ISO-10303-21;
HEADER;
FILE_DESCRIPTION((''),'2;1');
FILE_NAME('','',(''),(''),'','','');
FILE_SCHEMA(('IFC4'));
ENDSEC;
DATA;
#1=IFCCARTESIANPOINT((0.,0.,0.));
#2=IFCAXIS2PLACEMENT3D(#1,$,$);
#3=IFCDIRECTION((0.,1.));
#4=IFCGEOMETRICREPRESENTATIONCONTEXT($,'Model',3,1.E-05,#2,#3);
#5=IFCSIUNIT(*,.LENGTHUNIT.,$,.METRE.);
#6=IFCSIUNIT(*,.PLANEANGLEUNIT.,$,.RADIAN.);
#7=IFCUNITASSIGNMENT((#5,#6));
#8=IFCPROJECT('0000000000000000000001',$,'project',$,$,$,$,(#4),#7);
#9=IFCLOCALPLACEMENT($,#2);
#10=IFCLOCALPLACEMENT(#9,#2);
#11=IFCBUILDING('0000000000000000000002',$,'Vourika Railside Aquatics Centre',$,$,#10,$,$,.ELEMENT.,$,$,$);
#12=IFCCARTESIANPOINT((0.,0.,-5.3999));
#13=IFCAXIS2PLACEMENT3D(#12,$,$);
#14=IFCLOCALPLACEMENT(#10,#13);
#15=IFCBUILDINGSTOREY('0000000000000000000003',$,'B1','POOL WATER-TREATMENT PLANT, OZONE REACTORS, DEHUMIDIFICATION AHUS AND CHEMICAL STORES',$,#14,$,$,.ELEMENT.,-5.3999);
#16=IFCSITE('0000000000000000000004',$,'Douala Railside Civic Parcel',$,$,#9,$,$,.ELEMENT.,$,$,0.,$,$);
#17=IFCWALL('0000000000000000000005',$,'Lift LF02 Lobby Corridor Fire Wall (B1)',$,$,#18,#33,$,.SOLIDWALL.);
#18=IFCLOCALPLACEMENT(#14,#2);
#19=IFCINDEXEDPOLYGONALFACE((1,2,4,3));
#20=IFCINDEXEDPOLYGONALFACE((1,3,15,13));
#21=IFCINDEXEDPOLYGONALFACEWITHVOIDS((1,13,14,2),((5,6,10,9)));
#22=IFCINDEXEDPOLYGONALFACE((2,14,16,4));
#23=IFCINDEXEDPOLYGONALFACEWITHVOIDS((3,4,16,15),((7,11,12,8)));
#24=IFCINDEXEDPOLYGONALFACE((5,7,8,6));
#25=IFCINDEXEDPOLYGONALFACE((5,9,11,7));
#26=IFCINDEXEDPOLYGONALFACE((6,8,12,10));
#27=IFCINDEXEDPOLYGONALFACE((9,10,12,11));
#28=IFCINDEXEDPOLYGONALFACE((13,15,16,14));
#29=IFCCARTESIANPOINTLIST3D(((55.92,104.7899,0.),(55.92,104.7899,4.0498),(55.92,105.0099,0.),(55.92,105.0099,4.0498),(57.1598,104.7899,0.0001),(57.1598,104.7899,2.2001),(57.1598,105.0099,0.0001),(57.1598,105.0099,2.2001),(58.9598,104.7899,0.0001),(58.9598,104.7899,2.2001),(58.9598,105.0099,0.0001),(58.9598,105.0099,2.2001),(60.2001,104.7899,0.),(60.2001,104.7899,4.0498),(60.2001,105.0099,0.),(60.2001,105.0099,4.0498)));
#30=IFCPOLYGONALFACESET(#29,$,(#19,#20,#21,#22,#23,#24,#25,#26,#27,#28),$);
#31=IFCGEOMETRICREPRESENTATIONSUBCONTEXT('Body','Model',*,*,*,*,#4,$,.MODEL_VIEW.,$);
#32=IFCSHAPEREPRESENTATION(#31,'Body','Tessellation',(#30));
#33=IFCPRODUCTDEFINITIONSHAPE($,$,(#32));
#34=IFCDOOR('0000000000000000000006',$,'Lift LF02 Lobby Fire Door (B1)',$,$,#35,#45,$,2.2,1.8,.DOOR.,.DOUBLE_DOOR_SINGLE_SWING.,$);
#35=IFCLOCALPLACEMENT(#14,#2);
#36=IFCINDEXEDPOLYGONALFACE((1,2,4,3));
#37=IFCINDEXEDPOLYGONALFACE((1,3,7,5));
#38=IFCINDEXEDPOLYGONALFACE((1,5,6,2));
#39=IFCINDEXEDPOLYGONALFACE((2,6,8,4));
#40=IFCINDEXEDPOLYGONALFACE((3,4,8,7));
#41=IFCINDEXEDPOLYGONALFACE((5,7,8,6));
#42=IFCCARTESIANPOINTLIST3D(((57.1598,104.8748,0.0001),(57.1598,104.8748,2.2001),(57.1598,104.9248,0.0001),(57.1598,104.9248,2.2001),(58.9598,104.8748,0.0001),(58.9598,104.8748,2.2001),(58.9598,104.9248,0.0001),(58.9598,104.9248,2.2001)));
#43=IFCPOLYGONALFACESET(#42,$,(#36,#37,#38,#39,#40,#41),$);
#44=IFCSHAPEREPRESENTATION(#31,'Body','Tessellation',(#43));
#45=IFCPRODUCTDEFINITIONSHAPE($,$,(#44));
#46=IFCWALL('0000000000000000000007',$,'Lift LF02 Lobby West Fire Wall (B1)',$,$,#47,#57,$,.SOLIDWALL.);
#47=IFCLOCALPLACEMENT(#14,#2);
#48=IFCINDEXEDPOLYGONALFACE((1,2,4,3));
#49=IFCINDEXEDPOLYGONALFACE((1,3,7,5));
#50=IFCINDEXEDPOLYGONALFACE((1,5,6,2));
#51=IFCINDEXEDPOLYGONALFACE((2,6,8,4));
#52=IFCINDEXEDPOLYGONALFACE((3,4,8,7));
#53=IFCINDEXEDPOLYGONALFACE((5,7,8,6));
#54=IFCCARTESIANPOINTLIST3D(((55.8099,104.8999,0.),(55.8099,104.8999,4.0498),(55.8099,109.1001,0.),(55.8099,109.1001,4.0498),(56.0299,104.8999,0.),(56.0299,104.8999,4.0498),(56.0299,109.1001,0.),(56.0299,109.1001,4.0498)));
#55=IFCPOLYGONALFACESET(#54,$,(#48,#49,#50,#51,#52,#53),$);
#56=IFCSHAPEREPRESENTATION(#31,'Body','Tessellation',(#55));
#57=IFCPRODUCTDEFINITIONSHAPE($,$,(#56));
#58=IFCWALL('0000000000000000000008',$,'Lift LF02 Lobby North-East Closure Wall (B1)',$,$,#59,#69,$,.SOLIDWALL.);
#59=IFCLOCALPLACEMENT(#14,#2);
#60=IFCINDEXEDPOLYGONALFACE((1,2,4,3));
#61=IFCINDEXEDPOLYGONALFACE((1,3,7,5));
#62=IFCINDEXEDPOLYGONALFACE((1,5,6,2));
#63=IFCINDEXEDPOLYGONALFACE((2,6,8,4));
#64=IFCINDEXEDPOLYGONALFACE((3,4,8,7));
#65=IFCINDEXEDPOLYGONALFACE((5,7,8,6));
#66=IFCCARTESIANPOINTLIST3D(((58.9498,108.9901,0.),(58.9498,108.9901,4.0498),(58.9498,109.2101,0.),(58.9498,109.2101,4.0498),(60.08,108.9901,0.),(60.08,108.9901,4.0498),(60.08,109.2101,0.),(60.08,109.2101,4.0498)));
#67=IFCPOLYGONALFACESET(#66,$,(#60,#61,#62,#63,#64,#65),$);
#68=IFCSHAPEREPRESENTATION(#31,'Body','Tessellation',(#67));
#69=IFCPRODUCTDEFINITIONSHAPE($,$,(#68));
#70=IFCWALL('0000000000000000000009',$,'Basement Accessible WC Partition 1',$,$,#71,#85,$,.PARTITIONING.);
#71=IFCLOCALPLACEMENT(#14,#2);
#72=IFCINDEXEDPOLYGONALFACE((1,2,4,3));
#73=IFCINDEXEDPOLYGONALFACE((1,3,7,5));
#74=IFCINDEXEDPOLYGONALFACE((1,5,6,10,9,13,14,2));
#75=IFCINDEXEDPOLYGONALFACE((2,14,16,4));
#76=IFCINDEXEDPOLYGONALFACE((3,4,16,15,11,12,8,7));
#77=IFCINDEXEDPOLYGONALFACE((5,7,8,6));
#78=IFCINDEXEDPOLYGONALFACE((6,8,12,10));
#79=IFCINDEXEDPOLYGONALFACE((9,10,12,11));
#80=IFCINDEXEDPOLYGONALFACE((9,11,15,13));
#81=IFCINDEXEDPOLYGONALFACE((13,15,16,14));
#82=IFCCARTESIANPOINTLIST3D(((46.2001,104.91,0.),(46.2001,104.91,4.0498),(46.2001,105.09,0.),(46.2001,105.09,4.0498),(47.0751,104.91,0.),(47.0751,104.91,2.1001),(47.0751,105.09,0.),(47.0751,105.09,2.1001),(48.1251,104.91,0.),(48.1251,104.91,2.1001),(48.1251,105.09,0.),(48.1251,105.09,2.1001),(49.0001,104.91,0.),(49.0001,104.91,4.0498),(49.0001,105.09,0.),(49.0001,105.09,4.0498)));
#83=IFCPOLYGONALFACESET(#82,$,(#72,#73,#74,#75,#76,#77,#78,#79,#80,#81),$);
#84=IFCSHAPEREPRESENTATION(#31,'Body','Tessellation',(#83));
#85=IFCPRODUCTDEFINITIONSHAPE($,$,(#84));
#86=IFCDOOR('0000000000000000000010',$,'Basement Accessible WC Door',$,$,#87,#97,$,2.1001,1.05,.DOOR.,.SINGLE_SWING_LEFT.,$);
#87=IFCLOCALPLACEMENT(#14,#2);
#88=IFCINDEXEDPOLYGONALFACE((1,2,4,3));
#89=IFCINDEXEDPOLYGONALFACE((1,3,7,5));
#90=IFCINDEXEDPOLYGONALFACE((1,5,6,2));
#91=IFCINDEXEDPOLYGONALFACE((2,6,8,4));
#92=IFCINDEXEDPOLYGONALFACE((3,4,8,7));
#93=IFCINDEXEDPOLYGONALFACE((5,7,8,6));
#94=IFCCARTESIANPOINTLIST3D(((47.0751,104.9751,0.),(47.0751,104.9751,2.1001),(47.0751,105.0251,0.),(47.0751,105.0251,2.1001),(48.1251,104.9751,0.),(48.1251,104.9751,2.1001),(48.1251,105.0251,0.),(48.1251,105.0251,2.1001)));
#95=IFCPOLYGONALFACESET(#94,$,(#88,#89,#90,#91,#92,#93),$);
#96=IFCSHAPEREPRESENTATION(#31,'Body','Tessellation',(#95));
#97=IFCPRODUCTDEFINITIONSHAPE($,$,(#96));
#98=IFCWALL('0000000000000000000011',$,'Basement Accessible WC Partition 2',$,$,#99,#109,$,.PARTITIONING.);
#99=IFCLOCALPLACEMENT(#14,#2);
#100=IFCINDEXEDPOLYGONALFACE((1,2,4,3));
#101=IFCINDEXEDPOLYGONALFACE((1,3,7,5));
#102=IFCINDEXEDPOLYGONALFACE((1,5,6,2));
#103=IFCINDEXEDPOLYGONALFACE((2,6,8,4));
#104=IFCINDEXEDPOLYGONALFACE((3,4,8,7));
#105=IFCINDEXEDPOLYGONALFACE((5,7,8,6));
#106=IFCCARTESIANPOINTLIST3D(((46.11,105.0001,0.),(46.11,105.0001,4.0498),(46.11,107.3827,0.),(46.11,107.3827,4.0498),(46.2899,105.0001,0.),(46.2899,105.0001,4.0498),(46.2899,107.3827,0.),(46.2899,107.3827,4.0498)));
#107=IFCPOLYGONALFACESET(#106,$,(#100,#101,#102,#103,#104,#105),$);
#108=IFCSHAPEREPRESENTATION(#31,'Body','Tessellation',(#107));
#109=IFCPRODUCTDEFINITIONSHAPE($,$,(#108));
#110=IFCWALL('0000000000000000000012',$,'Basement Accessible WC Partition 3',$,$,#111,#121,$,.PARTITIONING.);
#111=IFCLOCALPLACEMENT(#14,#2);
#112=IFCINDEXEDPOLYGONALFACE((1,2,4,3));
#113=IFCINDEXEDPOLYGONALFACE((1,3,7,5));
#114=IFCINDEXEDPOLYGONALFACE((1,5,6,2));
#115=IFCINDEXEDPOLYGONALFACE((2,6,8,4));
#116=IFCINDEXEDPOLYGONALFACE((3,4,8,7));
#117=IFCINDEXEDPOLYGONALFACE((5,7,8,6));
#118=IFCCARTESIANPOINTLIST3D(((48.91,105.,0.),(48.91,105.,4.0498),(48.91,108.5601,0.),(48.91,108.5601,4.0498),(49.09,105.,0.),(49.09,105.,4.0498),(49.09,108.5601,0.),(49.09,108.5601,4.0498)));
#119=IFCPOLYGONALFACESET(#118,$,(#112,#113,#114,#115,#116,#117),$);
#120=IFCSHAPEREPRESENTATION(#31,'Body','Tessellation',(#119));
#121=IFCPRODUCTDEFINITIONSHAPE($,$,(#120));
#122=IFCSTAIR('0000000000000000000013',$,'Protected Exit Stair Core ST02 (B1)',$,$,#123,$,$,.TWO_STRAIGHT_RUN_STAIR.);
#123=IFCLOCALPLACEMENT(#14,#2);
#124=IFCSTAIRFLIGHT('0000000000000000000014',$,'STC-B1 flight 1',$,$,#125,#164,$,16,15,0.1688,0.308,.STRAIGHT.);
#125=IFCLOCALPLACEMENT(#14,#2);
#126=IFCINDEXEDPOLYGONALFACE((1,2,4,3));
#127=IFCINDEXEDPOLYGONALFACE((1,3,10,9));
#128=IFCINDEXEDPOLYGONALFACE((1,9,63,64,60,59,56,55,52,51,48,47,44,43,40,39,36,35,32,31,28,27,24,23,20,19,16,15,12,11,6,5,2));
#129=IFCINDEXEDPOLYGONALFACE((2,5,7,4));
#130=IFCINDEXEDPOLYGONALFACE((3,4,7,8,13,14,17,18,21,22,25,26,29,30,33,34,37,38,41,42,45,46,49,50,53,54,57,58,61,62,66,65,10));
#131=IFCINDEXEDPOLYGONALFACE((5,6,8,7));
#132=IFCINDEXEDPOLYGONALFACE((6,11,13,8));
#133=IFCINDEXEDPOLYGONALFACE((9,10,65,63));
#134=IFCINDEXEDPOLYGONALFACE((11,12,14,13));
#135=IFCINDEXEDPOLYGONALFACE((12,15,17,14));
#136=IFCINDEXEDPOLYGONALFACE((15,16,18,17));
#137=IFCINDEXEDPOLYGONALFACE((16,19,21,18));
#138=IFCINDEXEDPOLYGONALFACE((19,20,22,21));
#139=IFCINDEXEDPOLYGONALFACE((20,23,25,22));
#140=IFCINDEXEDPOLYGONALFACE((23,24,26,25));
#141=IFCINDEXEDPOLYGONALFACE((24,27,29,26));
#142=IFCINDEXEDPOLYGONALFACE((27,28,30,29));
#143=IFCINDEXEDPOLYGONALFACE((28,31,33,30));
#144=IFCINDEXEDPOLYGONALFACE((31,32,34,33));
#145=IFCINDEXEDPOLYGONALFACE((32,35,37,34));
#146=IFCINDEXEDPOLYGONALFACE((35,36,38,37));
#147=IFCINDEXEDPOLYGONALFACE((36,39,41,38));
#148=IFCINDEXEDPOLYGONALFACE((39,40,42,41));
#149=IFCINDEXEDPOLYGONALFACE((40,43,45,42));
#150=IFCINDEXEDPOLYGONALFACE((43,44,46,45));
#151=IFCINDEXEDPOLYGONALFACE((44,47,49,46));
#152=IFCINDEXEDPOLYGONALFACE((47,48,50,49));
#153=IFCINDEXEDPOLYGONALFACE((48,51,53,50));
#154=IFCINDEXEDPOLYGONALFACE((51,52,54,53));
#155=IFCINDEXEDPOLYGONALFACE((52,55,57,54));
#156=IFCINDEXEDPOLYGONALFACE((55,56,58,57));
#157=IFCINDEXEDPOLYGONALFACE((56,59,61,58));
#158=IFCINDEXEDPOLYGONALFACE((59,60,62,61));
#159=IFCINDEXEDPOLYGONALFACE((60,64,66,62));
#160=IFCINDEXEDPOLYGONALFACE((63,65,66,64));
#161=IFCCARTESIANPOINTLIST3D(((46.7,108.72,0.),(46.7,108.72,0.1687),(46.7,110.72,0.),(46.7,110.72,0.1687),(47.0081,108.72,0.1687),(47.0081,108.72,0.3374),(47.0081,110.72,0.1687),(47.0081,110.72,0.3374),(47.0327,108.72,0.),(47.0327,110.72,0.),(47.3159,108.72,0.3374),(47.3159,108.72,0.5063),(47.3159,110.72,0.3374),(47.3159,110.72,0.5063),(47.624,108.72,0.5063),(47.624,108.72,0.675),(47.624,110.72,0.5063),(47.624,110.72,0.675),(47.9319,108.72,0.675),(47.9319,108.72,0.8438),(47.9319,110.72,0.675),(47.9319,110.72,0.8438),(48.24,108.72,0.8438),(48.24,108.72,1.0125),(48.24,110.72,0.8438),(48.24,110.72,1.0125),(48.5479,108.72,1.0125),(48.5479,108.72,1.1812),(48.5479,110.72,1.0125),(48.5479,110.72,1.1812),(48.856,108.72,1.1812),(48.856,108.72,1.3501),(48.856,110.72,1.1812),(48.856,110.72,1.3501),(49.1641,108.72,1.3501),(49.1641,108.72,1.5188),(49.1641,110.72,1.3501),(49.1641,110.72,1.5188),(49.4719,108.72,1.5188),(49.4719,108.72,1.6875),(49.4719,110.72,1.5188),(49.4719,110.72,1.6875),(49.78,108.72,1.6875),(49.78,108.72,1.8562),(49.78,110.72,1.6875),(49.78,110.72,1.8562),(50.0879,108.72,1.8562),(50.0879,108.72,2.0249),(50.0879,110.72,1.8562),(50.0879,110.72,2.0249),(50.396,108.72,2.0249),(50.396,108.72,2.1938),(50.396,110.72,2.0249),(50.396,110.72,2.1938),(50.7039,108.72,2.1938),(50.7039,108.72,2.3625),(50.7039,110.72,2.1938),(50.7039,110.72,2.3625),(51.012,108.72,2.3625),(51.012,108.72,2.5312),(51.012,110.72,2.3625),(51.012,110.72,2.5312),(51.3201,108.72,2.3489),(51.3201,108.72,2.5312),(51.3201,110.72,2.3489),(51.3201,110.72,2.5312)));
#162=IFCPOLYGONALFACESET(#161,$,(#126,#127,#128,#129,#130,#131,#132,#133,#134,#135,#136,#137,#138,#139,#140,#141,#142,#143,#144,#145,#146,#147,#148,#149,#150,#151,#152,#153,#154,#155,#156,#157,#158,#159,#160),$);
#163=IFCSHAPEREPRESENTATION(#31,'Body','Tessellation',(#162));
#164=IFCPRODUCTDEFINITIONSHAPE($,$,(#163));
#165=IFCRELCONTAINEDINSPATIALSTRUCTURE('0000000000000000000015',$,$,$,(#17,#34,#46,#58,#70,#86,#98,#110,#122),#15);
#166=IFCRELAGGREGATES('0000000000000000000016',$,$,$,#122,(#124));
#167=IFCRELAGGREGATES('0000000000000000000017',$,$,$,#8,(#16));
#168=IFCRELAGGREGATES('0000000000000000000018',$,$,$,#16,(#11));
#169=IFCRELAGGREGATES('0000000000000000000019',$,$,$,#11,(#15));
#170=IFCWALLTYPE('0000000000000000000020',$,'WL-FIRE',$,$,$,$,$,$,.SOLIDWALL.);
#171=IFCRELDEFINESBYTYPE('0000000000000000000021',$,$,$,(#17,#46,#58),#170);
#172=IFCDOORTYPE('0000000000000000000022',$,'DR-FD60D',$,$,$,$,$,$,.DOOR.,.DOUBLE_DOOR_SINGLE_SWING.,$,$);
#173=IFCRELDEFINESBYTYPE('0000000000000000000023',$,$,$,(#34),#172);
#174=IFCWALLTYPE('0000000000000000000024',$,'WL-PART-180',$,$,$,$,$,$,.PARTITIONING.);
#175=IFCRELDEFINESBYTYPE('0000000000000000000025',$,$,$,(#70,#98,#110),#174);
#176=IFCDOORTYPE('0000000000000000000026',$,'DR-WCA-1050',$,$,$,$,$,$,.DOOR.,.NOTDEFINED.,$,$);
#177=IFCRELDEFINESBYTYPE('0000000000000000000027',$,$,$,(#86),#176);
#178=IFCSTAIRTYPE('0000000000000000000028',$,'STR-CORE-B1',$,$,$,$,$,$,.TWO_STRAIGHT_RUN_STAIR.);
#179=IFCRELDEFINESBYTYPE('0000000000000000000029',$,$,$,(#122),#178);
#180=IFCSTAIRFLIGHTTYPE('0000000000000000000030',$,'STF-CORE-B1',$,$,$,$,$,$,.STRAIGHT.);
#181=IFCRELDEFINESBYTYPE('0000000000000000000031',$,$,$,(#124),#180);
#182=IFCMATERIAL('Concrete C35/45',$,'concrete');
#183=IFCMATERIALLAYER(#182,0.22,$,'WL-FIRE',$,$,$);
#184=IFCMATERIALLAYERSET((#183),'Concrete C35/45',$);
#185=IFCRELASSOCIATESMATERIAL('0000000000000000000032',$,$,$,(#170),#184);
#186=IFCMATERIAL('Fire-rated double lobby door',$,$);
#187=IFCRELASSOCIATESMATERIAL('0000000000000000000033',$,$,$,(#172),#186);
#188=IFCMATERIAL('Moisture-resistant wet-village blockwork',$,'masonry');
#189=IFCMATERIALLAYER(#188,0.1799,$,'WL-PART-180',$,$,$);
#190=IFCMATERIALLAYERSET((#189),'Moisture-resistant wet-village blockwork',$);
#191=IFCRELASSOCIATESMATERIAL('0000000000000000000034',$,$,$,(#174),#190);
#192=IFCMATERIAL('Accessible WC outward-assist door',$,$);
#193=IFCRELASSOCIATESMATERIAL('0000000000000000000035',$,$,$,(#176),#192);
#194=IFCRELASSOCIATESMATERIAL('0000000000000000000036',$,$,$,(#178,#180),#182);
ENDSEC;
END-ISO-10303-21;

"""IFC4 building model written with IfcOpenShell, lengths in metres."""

from ifc_helpers import new_model, si_unit, direction, frame, frame_2d, origin, place, context, subcontext, project, spatial, polyline, rectangle, outline, extrude, material, layer, layer_set, type_object, element, fill, aggregate, save


model = new_model("IFC4")

# Units and contexts
model_context = context("Model", 3, precision=1e-05, world=origin(), true_north=direction((0.0, 1.0)))
body_context = subcontext(model_context, "Body", "Model", "MODEL_VIEW")
ifc_project = project(units=[si_unit("LENGTHUNIT", "METRE"), si_unit("PLANEANGLEUNIT", "RADIAN")], contexts=[model_context])

# Site, building, storey
site_placement = place(None, origin())
site = spatial("IfcSite", under=ifc_project, at=site_placement, Name="Douala Railside Civic Parcel", CompositionType="ELEMENT", RefElevation=0.0)
building_placement = place(site_placement, origin())
building = spatial("IfcBuilding", under=site, at=building_placement, Name="Vourika Railside Aquatics Centre", CompositionType="ELEMENT")
storey_placement = place(building_placement, frame((0.0, 0.0, -5.3999)))
storey = spatial("IfcBuildingStorey", under=building, at=storey_placement, Name="B1", Description="POOL WATER-TREATMENT PLANT, OZONE REACTORS, DEHUMIDIFICATION AHUS AND CHEMICAL STORES", CompositionType="ELEMENT", Elevation=-5.3999)

# Shared definitions
ifc_material_1 = material(Name="Concrete C35/45", Category="concrete")

# Wall, opening, door
ifc_layer_1 = layer(ifc_material_1, 0.22, Name="WL-FIRE")
ifc_layer_set_1 = layer_set([ifc_layer_1], Name="Concrete C35/45")
wall_type_1 = type_object("IfcWallType", Name="WL-FIRE", PredefinedType="SOLIDWALL", material=ifc_layer_set_1)
wall_1_placement = place(storey_placement, frame((55.9199, 104.8999, 0.0), z_axis=(0.0, 0.0, 1.0), x_axis=(1.0, 0.0, 0.0)))
wall_1 = element("IfcWall", 1, at=wall_1_placement, inside=storey, type_object=wall_type_1, Name="Lift LF02 Lobby Corridor Fire Wall (B1)", PredefinedType="SOLIDWALL", context=body_context, shape_type="SweptSolid", body=[
    extrude(rectangle(XDim=4.28, YDim=0.22, at=frame_2d((2.1401, 0.0))), origin(), (0.0, 0.0, 1.0), 4.0498),
])
opening_1_placement = place(wall_1_placement, frame((1.24, 0.0, 0.0)))
opening_1 = element("IfcOpeningElement", 2, at=opening_1_placement, cuts=wall_1, PredefinedType="OPENING", context=body_context, shape_type="SweptSolid", body=[
    extrude(rectangle(XDim=1.8, YDim=2.2, at=frame_2d((0.8999, 1.1001))), frame((0.0, 0.1201, 0.0), z_axis=(0.0, -1.0, 0.0), x_axis=(1.0, 0.0, 0.0)), (0.0, 0.0, 1.0), 0.24),
])
ifc_material_2 = material(Name="Fire-rated double lobby door")
door_type_1 = type_object("IfcDoorType", Name="DR-FD60D", OperationType="DOUBLE_DOOR_SINGLE_SWING", PredefinedType="DOOR", material=ifc_material_2)
door_1_placement = place(opening_1_placement, origin())
door_1 = element("IfcDoor", 3, at=door_1_placement, inside=storey, type_object=door_type_1, Name="Lift LF02 Lobby Fire Door (B1)", OperationType="DOUBLE_DOOR_SINGLE_SWING", OverallHeight=2.2, OverallWidth=1.8, PredefinedType="DOOR", context=body_context, shape_type="SweptSolid", body=[
    extrude(rectangle(XDim=1.8, YDim=2.2, at=frame_2d((0.8999, 1.1001))), frame((0.0, 0.0249, 0.0), z_axis=(0.0, -1.0, 0.0), x_axis=(1.0, 0.0, 0.0)), (0.0, 0.0, 1.0), 0.05),
])
fill(opening_1, door_1)

# Walls
wall_2_placement = place(storey_placement, frame((55.9199, 104.8999, 0.0), z_axis=(0.0, 0.0, 1.0), x_axis=(0.0, 1.0, 0.0)))
element("IfcWall", 4, at=wall_2_placement, inside=storey, type_object=wall_type_1, Name="Lift LF02 Lobby West Fire Wall (B1)", PredefinedType="SOLIDWALL", context=body_context, shape_type="SweptSolid", body=[
    extrude(rectangle(XDim=4.2002, YDim=0.22, at=frame_2d((2.1001, 0.0))), origin(), (0.0, 0.0, 1.0), 4.0498),
])
wall_3_placement = place(storey_placement, frame((58.95, 109.1001, 0.0), z_axis=(0.0, 0.0, 1.0), x_axis=(1.0, 0.0, 0.0)))
element("IfcWall", 5, at=wall_3_placement, inside=storey, type_object=wall_type_1, Name="Lift LF02 Lobby North-East Closure Wall (B1)", PredefinedType="SOLIDWALL", context=body_context, shape_type="SweptSolid", body=[
    extrude(rectangle(XDim=1.1301, YDim=0.22, at=frame_2d((0.5649, 0.0))), origin(), (0.0, 0.0, 1.0), 4.0498),
])

# Wall, opening, door
ifc_material_3 = material(Name="Moisture-resistant wet-village blockwork", Category="masonry")
ifc_layer_2 = layer(ifc_material_3, 0.1799, Name="WL-PART-180")
ifc_layer_set_2 = layer_set([ifc_layer_2], Name="Moisture-resistant wet-village blockwork")
wall_type_2 = type_object("IfcWallType", Name="WL-PART-180", PredefinedType="PARTITIONING", material=ifc_layer_set_2)
wall_4_placement = place(storey_placement, frame((49.0, 105.0, 0.0), z_axis=(0.0, 0.0, 1.0), x_axis=(-1.0, 0.0, 0.0)))
wall_4 = element("IfcWall", 6, at=wall_4_placement, inside=storey, type_object=wall_type_2, Name="Basement Accessible WC Partition 1", PredefinedType="PARTITIONING", context=body_context, shape_type="SweptSolid", body=[
    extrude(rectangle(XDim=2.8, YDim=0.1799, at=frame_2d((1.3999, 0.0))), origin(), (0.0, 0.0, 1.0), 4.0498),
])
opening_2_placement = place(wall_4_placement, frame((0.875, 0.0, 0.0)))
opening_2 = element("IfcOpeningElement", 7, at=opening_2_placement, cuts=wall_4, PredefinedType="OPENING", context=body_context, shape_type="SweptSolid", body=[
    extrude(rectangle(XDim=1.05, YDim=2.1001, at=frame_2d((0.5249, 1.05))), frame((0.0, 0.1001, 0.0), z_axis=(0.0, -1.0, 0.0), x_axis=(1.0, 0.0, 0.0)), (0.0, 0.0, 1.0), 0.2),
])
ifc_material_4 = material(Name="Accessible WC outward-assist door")
door_type_2 = type_object("IfcDoorType", Name="DR-WCA-1050", OperationType="NOTDEFINED", PredefinedType="DOOR", material=ifc_material_4)
door_2_placement = place(opening_2_placement, origin())
door_2 = element("IfcDoor", 8, at=door_2_placement, inside=storey, type_object=door_type_2, Name="Basement Accessible WC Door", OperationType="SINGLE_SWING_LEFT", OverallHeight=2.1001, OverallWidth=1.05, PredefinedType="DOOR", context=body_context, shape_type="SweptSolid", body=[
    extrude(rectangle(XDim=1.05, YDim=2.1001, at=frame_2d((0.5249, 1.05))), frame((0.0, 0.0249, 0.0), z_axis=(0.0, -1.0, 0.0), x_axis=(1.0, 0.0, 0.0)), (0.0, 0.0, 1.0), 0.05),
])
fill(opening_2, door_2)

# Walls
wall_5_placement = place(storey_placement, frame((46.2, 105.0, 0.0), z_axis=(0.0, 0.0, 1.0), x_axis=(0.0, 1.0, 0.0)))
element("IfcWall", 9, at=wall_5_placement, inside=storey, type_object=wall_type_2, Name="Basement Accessible WC Partition 2", PredefinedType="PARTITIONING", context=body_context, shape_type="SweptSolid", body=[
    extrude(rectangle(XDim=2.3826, YDim=0.1799, at=frame_2d((1.1914, 0.0))), origin(), (0.0, 0.0, 1.0), 4.0498),
])
wall_6_placement = place(storey_placement, frame((49.0, 108.5601, 0.0), z_axis=(0.0, 0.0, 1.0), x_axis=(0.0, -1.0, 0.0)))
element("IfcWall", 10, at=wall_6_placement, inside=storey, type_object=wall_type_2, Name="Basement Accessible WC Partition 3", PredefinedType="PARTITIONING", context=body_context, shape_type="SweptSolid", body=[
    extrude(rectangle(XDim=3.5601, YDim=0.1799, at=frame_2d((1.78, 0.0))), origin(), (0.0, 0.0, 1.0), 4.0498),
])

# Stair, stair flight
stair_type = type_object("IfcStairType", Name="STR-CORE-B1", PredefinedType="TWO_STRAIGHT_RUN_STAIR", material=ifc_material_1)
stair_placement = place(storey_placement, origin())
stair = element("IfcStair", 11, at=stair_placement, inside=storey, type_object=stair_type, Name="Protected Exit Stair Core ST02 (B1)", PredefinedType="TWO_STRAIGHT_RUN_STAIR")
stair_flight_type = type_object("IfcStairFlightType", Name="STF-CORE-B1", PredefinedType="STRAIGHT", material=ifc_material_1)
stair_flight_1_placement = place(storey_placement, frame((46.7, 109.72, 0.0), z_axis=(0.0, 0.0, 1.0), x_axis=(1.0, 0.0, 0.0)))
stair_flight_1 = element("IfcStairFlight", 12, at=stair_flight_1_placement, type_object=stair_flight_type, Name="STC-B1 flight 1", NumberOfRisers=16, NumberOfTreads=15, PredefinedType="STRAIGHT", RiserHeight=0.1688, TreadLength=0.308, context=body_context, shape_type="SweptSolid", body=[
    extrude(outline(polyline([(0.0, 0.0), (0.0, 0.1687), (0.3081, 0.1687), (0.3081, 0.3374), (0.616, 0.3374), (0.616, 0.5063), (0.9241, 0.5063), (0.9241, 0.675), (1.2319, 0.675), (1.2319, 0.8438), (1.54, 0.8438), (1.54, 1.0125), (1.8479, 1.0125), (1.8479, 1.1812), (2.156, 1.1812), (2.156, 1.3501), (2.4641, 1.3501), (2.4641, 1.5188), (2.772, 1.5188), (2.772, 1.6875), (3.0801, 1.6875), (3.0801, 1.8562), (3.3879, 1.8562), (3.3879, 2.0249), (3.696, 2.0249), (3.696, 2.1938), (4.0039, 2.1938), (4.0039, 2.3625), (4.312, 2.3625), (4.312, 2.5312), (4.6201, 2.5312), (4.6201, 2.7), (4.6201, 2.3489), (0.3328, 0.0), (0.0, 0.0)])), frame((0.0, 1.0, 0.0), z_axis=(0.0, -1.0, 0.0), x_axis=(1.0, 0.0, 0.0)), (0.0, 0.0, 1.0), 2.0),
])
aggregate(stair, [stair_flight_1])

save(model, "model.ifc")
